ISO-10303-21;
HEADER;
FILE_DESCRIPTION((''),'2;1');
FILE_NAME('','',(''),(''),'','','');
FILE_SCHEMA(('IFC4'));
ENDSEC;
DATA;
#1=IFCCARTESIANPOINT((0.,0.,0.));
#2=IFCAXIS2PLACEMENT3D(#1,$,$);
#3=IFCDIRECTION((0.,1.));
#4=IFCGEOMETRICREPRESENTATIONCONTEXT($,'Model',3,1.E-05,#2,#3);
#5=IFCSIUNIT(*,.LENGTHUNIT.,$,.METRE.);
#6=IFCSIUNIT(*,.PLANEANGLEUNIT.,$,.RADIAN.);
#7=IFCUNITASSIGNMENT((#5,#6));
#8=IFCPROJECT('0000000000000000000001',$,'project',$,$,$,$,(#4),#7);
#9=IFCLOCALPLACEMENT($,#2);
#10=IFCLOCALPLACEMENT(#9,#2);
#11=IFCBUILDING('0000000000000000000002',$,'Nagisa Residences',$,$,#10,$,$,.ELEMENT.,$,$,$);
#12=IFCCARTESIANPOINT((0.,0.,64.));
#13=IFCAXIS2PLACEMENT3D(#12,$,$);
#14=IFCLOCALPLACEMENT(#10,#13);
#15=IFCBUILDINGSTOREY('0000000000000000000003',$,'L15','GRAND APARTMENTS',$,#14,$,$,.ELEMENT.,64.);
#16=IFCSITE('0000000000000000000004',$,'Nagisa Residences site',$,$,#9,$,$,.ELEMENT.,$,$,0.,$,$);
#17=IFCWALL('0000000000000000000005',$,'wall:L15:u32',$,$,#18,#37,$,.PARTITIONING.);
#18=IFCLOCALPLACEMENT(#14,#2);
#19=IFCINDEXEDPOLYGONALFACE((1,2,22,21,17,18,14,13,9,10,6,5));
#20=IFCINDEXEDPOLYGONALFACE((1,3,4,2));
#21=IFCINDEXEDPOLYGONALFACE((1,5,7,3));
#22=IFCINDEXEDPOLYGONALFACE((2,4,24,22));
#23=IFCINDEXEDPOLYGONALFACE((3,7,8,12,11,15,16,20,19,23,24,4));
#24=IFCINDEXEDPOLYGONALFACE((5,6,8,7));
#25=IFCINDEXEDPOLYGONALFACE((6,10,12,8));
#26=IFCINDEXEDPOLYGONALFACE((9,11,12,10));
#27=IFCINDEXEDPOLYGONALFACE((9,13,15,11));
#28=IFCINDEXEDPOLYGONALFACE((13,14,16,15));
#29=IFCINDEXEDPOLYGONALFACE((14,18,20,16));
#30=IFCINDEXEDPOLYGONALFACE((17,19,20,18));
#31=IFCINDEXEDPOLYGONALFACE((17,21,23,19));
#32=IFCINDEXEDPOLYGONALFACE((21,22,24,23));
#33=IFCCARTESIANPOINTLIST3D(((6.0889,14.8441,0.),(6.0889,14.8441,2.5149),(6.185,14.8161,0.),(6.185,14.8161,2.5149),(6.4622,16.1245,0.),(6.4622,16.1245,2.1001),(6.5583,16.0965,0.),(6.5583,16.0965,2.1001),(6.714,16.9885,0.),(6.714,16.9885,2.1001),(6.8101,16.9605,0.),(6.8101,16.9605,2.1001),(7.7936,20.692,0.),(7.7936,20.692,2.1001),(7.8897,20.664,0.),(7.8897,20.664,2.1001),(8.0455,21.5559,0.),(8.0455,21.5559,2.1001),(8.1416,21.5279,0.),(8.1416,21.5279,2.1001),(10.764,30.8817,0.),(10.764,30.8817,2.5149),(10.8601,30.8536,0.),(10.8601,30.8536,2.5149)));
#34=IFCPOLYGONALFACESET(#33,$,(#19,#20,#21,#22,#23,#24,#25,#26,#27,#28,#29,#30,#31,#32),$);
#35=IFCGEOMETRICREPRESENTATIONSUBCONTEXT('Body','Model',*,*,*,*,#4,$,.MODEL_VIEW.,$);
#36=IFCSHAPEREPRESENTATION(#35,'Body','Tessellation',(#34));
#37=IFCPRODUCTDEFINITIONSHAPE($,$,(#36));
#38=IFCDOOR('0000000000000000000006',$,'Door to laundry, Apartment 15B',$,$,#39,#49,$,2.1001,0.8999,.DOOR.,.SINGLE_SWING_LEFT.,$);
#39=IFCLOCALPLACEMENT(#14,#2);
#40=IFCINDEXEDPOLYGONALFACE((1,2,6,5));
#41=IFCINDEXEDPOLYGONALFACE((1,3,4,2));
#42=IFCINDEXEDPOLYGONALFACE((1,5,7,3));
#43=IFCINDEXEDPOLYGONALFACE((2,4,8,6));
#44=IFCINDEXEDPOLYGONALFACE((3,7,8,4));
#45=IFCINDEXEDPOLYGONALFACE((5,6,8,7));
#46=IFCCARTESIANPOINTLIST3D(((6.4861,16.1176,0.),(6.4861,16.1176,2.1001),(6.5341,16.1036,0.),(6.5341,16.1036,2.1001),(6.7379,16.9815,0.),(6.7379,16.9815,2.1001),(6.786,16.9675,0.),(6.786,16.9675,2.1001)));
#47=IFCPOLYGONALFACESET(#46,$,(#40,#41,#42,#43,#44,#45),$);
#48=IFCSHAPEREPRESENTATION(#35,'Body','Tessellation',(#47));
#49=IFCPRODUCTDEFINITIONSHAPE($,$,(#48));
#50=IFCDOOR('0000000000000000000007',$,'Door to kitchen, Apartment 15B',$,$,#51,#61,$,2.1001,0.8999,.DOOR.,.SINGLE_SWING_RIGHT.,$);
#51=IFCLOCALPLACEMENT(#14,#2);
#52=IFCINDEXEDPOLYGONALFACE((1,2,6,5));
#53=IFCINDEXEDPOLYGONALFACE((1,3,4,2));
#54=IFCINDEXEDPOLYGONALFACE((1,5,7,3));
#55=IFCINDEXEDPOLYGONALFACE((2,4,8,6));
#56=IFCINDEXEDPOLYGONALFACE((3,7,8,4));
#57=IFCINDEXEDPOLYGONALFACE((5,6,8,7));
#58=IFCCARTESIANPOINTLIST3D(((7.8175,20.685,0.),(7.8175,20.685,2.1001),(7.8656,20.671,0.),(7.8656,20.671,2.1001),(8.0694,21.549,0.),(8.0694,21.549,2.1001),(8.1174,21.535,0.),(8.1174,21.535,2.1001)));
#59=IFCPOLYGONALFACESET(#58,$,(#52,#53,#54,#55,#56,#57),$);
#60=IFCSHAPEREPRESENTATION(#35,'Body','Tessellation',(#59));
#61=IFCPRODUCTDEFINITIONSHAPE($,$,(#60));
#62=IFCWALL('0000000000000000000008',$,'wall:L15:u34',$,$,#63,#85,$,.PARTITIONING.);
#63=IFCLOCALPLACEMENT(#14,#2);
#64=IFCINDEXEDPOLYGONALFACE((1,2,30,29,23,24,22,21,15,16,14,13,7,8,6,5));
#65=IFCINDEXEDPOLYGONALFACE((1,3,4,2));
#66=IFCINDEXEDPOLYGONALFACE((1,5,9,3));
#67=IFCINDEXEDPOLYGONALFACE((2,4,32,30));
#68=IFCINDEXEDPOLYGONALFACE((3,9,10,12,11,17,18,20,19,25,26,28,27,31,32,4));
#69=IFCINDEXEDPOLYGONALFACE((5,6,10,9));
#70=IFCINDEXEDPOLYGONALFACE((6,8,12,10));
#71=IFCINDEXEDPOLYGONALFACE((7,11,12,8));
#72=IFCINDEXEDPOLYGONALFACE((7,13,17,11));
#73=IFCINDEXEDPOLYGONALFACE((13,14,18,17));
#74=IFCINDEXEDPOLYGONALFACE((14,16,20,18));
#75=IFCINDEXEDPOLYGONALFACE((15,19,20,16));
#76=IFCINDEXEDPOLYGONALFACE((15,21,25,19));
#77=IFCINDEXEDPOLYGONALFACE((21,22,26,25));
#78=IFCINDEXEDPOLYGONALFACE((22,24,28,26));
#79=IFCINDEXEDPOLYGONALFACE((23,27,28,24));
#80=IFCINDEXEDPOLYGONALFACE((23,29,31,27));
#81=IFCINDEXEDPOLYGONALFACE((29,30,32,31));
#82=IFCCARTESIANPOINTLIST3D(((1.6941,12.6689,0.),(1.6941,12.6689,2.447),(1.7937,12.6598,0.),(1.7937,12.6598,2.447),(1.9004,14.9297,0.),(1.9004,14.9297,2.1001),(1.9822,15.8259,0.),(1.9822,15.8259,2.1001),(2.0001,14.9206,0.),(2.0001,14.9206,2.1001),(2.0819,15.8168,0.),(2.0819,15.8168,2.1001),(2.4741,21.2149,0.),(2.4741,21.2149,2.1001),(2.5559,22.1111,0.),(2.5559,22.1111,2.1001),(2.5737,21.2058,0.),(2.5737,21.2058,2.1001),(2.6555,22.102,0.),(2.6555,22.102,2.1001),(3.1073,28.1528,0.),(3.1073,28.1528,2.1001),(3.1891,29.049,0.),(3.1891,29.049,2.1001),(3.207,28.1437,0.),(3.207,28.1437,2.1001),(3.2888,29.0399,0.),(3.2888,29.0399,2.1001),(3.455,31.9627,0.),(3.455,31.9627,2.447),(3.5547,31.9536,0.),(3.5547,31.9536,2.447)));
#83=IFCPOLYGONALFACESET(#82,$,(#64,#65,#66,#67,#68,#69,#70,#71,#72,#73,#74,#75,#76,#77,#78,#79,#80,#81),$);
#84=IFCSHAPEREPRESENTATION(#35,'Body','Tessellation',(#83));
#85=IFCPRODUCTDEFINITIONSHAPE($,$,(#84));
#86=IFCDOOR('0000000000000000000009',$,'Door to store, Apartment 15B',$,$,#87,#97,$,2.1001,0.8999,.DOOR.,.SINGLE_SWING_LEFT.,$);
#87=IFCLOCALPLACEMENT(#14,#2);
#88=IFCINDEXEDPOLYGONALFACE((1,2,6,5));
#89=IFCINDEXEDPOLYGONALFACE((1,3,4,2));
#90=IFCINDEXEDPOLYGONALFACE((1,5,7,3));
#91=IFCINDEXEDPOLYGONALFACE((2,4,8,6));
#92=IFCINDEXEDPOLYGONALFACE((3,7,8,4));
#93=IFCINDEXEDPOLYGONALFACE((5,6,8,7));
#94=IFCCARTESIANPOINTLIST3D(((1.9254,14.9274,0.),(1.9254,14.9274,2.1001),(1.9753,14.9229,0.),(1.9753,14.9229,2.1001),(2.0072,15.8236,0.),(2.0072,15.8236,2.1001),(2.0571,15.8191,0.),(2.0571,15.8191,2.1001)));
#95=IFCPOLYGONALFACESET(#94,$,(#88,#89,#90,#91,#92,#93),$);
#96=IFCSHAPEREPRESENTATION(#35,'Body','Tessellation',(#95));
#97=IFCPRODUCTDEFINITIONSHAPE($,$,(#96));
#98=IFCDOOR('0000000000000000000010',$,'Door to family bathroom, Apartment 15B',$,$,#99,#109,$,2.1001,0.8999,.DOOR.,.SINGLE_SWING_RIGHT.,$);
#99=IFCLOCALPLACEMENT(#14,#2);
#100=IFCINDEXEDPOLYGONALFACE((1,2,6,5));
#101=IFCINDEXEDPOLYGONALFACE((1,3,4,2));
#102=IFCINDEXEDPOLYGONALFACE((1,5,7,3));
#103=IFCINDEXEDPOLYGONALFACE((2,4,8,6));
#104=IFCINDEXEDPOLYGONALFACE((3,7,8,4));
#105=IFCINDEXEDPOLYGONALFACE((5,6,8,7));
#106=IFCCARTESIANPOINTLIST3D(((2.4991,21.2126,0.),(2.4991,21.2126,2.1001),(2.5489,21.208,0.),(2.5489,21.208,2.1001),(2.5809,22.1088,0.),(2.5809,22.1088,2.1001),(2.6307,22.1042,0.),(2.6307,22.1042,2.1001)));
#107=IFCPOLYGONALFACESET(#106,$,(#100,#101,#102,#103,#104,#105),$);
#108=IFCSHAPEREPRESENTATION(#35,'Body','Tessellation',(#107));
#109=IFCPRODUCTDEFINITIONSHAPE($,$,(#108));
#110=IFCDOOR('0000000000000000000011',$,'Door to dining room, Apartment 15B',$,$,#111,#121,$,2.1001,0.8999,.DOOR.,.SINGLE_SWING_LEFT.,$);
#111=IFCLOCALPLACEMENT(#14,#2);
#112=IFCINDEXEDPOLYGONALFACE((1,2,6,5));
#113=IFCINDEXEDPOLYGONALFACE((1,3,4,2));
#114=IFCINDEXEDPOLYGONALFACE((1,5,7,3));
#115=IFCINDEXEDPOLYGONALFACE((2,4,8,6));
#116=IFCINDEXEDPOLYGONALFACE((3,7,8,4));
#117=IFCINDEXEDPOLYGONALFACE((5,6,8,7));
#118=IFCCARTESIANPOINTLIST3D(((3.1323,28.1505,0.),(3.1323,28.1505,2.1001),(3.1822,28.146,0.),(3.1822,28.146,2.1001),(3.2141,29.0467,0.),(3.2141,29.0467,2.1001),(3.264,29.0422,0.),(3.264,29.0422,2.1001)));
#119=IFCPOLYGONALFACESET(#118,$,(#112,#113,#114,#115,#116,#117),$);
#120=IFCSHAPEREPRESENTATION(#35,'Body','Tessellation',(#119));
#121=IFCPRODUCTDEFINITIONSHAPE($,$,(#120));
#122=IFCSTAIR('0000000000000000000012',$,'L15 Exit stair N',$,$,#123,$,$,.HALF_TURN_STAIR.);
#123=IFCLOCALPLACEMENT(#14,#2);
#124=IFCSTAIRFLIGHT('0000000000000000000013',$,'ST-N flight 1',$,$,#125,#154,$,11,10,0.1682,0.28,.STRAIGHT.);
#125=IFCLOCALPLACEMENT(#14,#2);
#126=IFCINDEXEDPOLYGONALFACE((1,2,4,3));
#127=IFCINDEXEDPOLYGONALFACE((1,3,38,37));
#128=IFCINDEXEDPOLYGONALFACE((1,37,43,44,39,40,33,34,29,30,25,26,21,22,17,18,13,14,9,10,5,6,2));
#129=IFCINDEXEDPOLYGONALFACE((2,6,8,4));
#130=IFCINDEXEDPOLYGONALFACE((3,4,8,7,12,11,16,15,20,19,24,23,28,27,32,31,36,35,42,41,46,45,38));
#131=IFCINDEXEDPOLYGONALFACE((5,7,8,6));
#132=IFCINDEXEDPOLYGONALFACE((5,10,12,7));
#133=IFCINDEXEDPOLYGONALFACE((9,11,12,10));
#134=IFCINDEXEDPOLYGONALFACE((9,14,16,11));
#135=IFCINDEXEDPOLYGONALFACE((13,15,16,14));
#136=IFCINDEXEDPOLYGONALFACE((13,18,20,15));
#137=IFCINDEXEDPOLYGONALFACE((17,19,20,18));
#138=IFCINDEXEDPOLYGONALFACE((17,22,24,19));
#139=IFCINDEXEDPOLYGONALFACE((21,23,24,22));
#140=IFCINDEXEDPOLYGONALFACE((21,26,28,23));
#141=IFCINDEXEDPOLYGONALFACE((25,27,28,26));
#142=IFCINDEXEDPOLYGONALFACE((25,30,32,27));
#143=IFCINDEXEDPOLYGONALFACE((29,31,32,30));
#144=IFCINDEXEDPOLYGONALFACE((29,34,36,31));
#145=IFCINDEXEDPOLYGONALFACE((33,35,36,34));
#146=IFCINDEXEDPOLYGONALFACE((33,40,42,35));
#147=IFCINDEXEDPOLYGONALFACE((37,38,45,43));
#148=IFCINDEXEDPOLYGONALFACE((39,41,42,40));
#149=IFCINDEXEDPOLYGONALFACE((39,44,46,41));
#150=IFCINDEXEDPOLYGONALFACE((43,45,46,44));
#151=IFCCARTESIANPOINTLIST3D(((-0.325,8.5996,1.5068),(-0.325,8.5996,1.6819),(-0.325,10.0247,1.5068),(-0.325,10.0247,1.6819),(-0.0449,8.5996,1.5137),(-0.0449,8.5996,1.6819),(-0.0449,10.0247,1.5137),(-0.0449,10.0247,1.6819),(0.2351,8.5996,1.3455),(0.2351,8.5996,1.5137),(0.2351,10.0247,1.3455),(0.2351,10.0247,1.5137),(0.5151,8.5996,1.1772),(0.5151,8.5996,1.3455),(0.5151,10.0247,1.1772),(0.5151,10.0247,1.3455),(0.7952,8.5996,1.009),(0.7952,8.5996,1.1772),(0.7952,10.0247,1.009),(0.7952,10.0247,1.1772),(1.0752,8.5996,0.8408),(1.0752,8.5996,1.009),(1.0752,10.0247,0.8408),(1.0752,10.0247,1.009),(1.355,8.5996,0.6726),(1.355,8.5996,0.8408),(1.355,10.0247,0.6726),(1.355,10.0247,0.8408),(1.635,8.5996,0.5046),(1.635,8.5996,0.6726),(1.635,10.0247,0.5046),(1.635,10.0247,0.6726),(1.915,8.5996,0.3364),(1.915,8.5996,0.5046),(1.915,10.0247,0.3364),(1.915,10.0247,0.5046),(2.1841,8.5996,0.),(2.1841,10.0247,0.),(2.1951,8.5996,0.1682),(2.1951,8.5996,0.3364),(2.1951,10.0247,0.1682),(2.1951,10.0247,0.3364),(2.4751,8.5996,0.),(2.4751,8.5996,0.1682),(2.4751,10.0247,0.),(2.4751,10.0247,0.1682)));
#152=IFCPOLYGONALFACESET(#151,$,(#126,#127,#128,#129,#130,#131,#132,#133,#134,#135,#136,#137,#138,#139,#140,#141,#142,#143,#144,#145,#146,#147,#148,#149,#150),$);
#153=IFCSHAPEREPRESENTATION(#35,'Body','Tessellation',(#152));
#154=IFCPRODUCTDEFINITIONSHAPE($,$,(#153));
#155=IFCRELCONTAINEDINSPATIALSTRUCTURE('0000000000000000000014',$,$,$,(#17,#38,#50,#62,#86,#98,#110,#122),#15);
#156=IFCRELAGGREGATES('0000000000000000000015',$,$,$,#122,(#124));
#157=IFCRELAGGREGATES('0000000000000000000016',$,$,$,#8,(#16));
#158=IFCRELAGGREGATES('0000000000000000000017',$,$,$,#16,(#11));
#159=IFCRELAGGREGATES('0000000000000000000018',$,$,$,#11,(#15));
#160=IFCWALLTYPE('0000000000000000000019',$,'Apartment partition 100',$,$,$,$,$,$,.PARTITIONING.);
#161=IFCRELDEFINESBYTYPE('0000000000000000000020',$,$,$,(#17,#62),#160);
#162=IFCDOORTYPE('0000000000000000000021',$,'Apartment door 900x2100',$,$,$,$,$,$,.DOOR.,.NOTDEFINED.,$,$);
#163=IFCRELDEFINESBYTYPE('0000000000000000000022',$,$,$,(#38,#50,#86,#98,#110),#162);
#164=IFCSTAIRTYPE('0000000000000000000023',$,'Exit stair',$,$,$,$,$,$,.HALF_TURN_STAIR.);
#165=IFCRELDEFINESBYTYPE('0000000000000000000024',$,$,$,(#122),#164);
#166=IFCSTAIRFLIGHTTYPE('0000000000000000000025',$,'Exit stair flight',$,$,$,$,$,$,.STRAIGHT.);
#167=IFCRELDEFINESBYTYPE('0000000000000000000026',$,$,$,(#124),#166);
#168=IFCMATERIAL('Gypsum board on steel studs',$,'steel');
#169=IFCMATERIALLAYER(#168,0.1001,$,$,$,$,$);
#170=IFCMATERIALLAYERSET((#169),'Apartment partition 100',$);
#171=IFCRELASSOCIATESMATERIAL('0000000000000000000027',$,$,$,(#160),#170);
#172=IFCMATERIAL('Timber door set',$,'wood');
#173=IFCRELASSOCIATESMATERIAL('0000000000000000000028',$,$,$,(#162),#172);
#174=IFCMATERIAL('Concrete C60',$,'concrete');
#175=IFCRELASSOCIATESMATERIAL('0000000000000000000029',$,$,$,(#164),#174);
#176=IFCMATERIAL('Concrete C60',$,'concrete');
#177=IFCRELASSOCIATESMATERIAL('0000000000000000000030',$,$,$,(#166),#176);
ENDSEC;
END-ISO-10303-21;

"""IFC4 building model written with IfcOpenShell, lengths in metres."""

from ifc_helpers import new_model, si_unit, direction, frame, frame_2d, origin, place, context, subcontext, project, spatial, polyline, rectangle, outline, extrude, material, layer, layer_set, type_object, element, fill, aggregate, save


model = new_model("IFC4")

# Units and contexts
model_context = context("Model", 3, precision=1e-05, world=origin(), true_north=direction((0.0, 1.0)))
body_context = subcontext(model_context, "Body", "Model", "MODEL_VIEW")
ifc_project = project(units=[si_unit("LENGTHUNIT", "METRE"), si_unit("PLANEANGLEUNIT", "RADIAN")], contexts=[model_context])

# Site, building, storey
site_placement = place(None, origin())
site = spatial("IfcSite", under=ifc_project, at=site_placement, Name="Nagisa Residences site", CompositionType="ELEMENT", RefElevation=0.0)
building_placement = place(site_placement, origin())
building = spatial("IfcBuilding", under=site, at=building_placement, Name="Nagisa Residences", CompositionType="ELEMENT")
storey_placement = place(building_placement, frame((0.0, 0.0, 64.0)))
storey = spatial("IfcBuildingStorey", under=building, at=storey_placement, Name="L15", Description="GRAND APARTMENTS", CompositionType="ELEMENT", Elevation=64.0)

# Shared definitions
ifc_material_1 = material(Name="Gypsum board on steel studs", Category="steel")
ifc_layer_1 = layer(ifc_material_1, 0.1001)
ifc_layer_set_1 = layer_set([ifc_layer_1], Name="Apartment partition 100")
wall_type_1 = type_object("IfcWallType", Name="Apartment partition 100", PredefinedType="PARTITIONING", material=ifc_layer_set_1)
ifc_material_2 = material(Name="Timber door set", Category="wood")
door_type_1 = type_object("IfcDoorType", Name="Apartment door 900x2100", OperationType="NOTDEFINED", PredefinedType="DOOR", material=ifc_material_2)

# Walls, openings, doors
wall_1_placement = place(storey_placement, frame((6.137, 14.8301, 0.0), z_axis=(0.0, 0.0, 1.0), x_axis=(0.279857, 0.960042, 0.0)))
wall_1 = element("IfcWall", 1, at=wall_1_placement, inside=storey, type_object=wall_type_1, Name="wall:L15:u32", PredefinedType="PARTITIONING", context=body_context, shape_type="SweptSolid", body=[
    extrude(rectangle(XDim=16.7051, YDim=0.1001, at=frame_2d((8.3525, 0.0))), origin(), (0.0, 0.0, 1.0), 2.5149),
])
opening_1_placement = place(wall_1_placement, frame((1.3337, 0.0, 0.0)))
opening_1 = element("IfcOpeningElement", 2, at=opening_1_placement, cuts=wall_1, PredefinedType="OPENING", context=body_context, shape_type="SweptSolid", body=[
    extrude(rectangle(XDim=0.8999, YDim=2.1001, at=frame_2d((0.45, 1.05))), frame((0.0, 0.0601, 0.0), z_axis=(0.0, -1.0, 0.0), x_axis=(1.0, 0.0, 0.0)), (0.0, 0.0, 1.0), 0.1201),
])
opening_2_placement = place(wall_1_placement, frame((6.0913, 0.0, 0.0)))
opening_2 = element("IfcOpeningElement", 3, at=opening_2_placement, cuts=wall_1, PredefinedType="OPENING", context=body_context, shape_type="SweptSolid", body=[
    extrude(rectangle(XDim=0.8999, YDim=2.1001, at=frame_2d((0.45, 1.05))), frame((0.0, 0.0601, 0.0), z_axis=(0.0, -1.0, 0.0), x_axis=(1.0, 0.0, 0.0)), (0.0, 0.0, 1.0), 0.1201),
])
door_1_placement = place(opening_1_placement, frame((0.8999, 0.0, 0.0), x_axis=(-1.0, 0.0, 0.0)))
door_1 = element("IfcDoor", 4, at=door_1_placement, inside=storey, type_object=door_type_1, Name="Door to laundry, Apartment 15B", OperationType="SINGLE_SWING_LEFT", OverallHeight=2.1001, OverallWidth=0.8999, PredefinedType="DOOR", context=body_context, shape_type="SweptSolid", body=[
    extrude(rectangle(XDim=0.8999, YDim=2.1001, at=frame_2d((0.45, 1.05))), frame((0.0, 0.0249, 0.0), z_axis=(0.0, -1.0, 0.0), x_axis=(1.0, 0.0, 0.0)), (0.0, 0.0, 1.0), 0.05),
])
fill(opening_1, door_1)
door_2_placement = place(opening_2_placement, frame((0.8999, 0.0, 0.0), x_axis=(-1.0, 0.0, 0.0)))
door_2 = element("IfcDoor", 5, at=door_2_placement, inside=storey, type_object=door_type_1, Name="Door to kitchen, Apartment 15B", OperationType="SINGLE_SWING_RIGHT", OverallHeight=2.1001, OverallWidth=0.8999, PredefinedType="DOOR", context=body_context, shape_type="SweptSolid", body=[
    extrude(rectangle(XDim=0.8999, YDim=2.1001, at=frame_2d((0.45, 1.05))), frame((0.0, 0.0249, 0.0), z_axis=(0.0, -1.0, 0.0), x_axis=(1.0, 0.0, 0.0)), (0.0, 0.0, 1.0), 0.05),
])
fill(opening_2, door_2)
wall_2_placement = place(storey_placement, frame((1.7439, 12.6643, 0.0), z_axis=(0.0, 0.0, 1.0), x_axis=(0.090894, 0.995861, 0.0)))
wall_2 = element("IfcWall", 6, at=wall_2_placement, inside=storey, type_object=wall_type_1, Name="wall:L15:u34", PredefinedType="PARTITIONING", context=body_context, shape_type="SweptSolid", body=[
    extrude(rectangle(XDim=19.374, YDim=0.1001, at=frame_2d((9.687, 0.0))), origin(), (0.0, 0.0, 1.0), 2.447),
])
opening_3_placement = place(wall_2_placement, frame((2.2703, 0.0, 0.0)))
opening_3 = element("IfcOpeningElement", 7, at=opening_3_placement, cuts=wall_2, PredefinedType="OPENING", context=body_context, shape_type="SweptSolid", body=[
    extrude(rectangle(XDim=0.8999, YDim=2.1001, at=frame_2d((0.45, 1.05))), frame((0.0, 0.0601, 0.0), z_axis=(0.0, -1.0, 0.0), x_axis=(1.0, 0.0, 0.0)), (0.0, 0.0, 1.0), 0.1201),
])
opening_4_placement = place(wall_2_placement, frame((8.5815, 0.0, 0.0)))
opening_4 = element("IfcOpeningElement", 8, at=opening_4_placement, cuts=wall_2, PredefinedType="OPENING", context=body_context, shape_type="SweptSolid", body=[
    extrude(rectangle(XDim=0.8999, YDim=2.1001, at=frame_2d((0.45, 1.05))), frame((0.0, 0.0601, 0.0), z_axis=(0.0, -1.0, 0.0), x_axis=(1.0, 0.0, 0.0)), (0.0, 0.0, 1.0), 0.1201),
])
opening_5_placement = place(wall_2_placement, frame((15.5483, 0.0, 0.0)))
opening_5 = element("IfcOpeningElement", 9, at=opening_5_placement, cuts=wall_2, PredefinedType="OPENING", context=body_context, shape_type="SweptSolid", body=[
    extrude(rectangle(XDim=0.8999, YDim=2.1001, at=frame_2d((0.45, 1.05))), frame((0.0, 0.0601, 0.0), z_axis=(0.0, -1.0, 0.0), x_axis=(1.0, 0.0, 0.0)), (0.0, 0.0, 1.0), 0.1201),
])
door_3_placement = place(opening_3_placement, origin())
door_3 = element("IfcDoor", 10, at=door_3_placement, inside=storey, type_object=door_type_1, Name="Door to store, Apartment 15B", OperationType="SINGLE_SWING_LEFT", OverallHeight=2.1001, OverallWidth=0.8999, PredefinedType="DOOR", context=body_context, shape_type="SweptSolid", body=[
    extrude(rectangle(XDim=0.8999, YDim=2.1001, at=frame_2d((0.45, 1.05))), frame((0.0, 0.0249, 0.0), z_axis=(0.0, -1.0, 0.0), x_axis=(1.0, 0.0, 0.0)), (0.0, 0.0, 1.0), 0.05),
])
fill(opening_3, door_3)
door_4_placement = place(opening_4_placement, origin())
door_4 = element("IfcDoor", 11, at=door_4_placement, inside=storey, type_object=door_type_1, Name="Door to family bathroom, Apartment 15B", OperationType="SINGLE_SWING_RIGHT", OverallHeight=2.1001, OverallWidth=0.8999, PredefinedType="DOOR", context=body_context, shape_type="SweptSolid", body=[
    extrude(rectangle(XDim=0.8999, YDim=2.1001, at=frame_2d((0.45, 1.05))), frame((0.0, 0.0249, 0.0), z_axis=(0.0, -1.0, 0.0), x_axis=(1.0, 0.0, 0.0)), (0.0, 0.0, 1.0), 0.05),
])
fill(opening_4, door_4)
door_5_placement = place(opening_5_placement, origin())
door_5 = element("IfcDoor", 12, at=door_5_placement, inside=storey, type_object=door_type_1, Name="Door to dining room, Apartment 15B", OperationType="SINGLE_SWING_LEFT", OverallHeight=2.1001, OverallWidth=0.8999, PredefinedType="DOOR", context=body_context, shape_type="SweptSolid", body=[
    extrude(rectangle(XDim=0.8999, YDim=2.1001, at=frame_2d((0.45, 1.05))), frame((0.0, 0.0249, 0.0), z_axis=(0.0, -1.0, 0.0), x_axis=(1.0, 0.0, 0.0)), (0.0, 0.0, 1.0), 0.05),
])
fill(opening_5, door_5)

# Stair, stair flight
ifc_material_3 = material(Name="Concrete C60", Category="concrete")
stair_type = type_object("IfcStairType", Name="Exit stair", PredefinedType="HALF_TURN_STAIR", material=ifc_material_3)
stair_placement = place(storey_placement, origin())
stair = element("IfcStair", 13, at=stair_placement, inside=storey, type_object=stair_type, Name="L15 Exit stair N", PredefinedType="HALF_TURN_STAIR")
ifc_material_4 = material(Name="Concrete C60", Category="concrete")
stair_flight_type = type_object("IfcStairFlightType", Name="Exit stair flight", PredefinedType="STRAIGHT", material=ifc_material_4)
stair_flight_placement = place(storey_placement, frame((2.4751, 9.312, 0.0), z_axis=(0.0, 0.0, 1.0), x_axis=(-1.0, 0.0, 0.0)))
stair_flight = element("IfcStairFlight", 14, at=stair_flight_placement, type_object=stair_flight_type, Name="ST-N flight 1", NumberOfRisers=11, NumberOfTreads=10, PredefinedType="STRAIGHT", RiserHeight=0.1682, TreadLength=0.28, context=body_context, shape_type="SweptSolid", body=[
    extrude(outline(polyline([(0.0, 0.0), (0.0, 0.1682), (0.28, 0.1682), (0.28, 0.3364), (0.5601, 0.3364), (0.5601, 0.5046), (0.8401, 0.5046), (0.8401, 0.6726), (1.1201, 0.6726), (1.1201, 0.8408), (1.3999, 0.8408), (1.3999, 1.009), (1.6799, 1.009), (1.6799, 1.1772), (1.96, 1.1772), (1.96, 1.3455), (2.24, 1.3455), (2.24, 1.5137), (2.52, 1.5137), (2.52, 1.6819), (2.8, 1.6819), (2.8, 1.8501), (2.8, 1.5068), (0.291, 0.0), (0.0, 0.0)])), frame((0.0, 0.7124, 0.0), z_axis=(0.0, -1.0, 0.0), x_axis=(1.0, 0.0, 0.0)), (0.0, 0.0, 1.0), 1.425),
])
aggregate(stair, [stair_flight])

save(model, "model.ifc")
